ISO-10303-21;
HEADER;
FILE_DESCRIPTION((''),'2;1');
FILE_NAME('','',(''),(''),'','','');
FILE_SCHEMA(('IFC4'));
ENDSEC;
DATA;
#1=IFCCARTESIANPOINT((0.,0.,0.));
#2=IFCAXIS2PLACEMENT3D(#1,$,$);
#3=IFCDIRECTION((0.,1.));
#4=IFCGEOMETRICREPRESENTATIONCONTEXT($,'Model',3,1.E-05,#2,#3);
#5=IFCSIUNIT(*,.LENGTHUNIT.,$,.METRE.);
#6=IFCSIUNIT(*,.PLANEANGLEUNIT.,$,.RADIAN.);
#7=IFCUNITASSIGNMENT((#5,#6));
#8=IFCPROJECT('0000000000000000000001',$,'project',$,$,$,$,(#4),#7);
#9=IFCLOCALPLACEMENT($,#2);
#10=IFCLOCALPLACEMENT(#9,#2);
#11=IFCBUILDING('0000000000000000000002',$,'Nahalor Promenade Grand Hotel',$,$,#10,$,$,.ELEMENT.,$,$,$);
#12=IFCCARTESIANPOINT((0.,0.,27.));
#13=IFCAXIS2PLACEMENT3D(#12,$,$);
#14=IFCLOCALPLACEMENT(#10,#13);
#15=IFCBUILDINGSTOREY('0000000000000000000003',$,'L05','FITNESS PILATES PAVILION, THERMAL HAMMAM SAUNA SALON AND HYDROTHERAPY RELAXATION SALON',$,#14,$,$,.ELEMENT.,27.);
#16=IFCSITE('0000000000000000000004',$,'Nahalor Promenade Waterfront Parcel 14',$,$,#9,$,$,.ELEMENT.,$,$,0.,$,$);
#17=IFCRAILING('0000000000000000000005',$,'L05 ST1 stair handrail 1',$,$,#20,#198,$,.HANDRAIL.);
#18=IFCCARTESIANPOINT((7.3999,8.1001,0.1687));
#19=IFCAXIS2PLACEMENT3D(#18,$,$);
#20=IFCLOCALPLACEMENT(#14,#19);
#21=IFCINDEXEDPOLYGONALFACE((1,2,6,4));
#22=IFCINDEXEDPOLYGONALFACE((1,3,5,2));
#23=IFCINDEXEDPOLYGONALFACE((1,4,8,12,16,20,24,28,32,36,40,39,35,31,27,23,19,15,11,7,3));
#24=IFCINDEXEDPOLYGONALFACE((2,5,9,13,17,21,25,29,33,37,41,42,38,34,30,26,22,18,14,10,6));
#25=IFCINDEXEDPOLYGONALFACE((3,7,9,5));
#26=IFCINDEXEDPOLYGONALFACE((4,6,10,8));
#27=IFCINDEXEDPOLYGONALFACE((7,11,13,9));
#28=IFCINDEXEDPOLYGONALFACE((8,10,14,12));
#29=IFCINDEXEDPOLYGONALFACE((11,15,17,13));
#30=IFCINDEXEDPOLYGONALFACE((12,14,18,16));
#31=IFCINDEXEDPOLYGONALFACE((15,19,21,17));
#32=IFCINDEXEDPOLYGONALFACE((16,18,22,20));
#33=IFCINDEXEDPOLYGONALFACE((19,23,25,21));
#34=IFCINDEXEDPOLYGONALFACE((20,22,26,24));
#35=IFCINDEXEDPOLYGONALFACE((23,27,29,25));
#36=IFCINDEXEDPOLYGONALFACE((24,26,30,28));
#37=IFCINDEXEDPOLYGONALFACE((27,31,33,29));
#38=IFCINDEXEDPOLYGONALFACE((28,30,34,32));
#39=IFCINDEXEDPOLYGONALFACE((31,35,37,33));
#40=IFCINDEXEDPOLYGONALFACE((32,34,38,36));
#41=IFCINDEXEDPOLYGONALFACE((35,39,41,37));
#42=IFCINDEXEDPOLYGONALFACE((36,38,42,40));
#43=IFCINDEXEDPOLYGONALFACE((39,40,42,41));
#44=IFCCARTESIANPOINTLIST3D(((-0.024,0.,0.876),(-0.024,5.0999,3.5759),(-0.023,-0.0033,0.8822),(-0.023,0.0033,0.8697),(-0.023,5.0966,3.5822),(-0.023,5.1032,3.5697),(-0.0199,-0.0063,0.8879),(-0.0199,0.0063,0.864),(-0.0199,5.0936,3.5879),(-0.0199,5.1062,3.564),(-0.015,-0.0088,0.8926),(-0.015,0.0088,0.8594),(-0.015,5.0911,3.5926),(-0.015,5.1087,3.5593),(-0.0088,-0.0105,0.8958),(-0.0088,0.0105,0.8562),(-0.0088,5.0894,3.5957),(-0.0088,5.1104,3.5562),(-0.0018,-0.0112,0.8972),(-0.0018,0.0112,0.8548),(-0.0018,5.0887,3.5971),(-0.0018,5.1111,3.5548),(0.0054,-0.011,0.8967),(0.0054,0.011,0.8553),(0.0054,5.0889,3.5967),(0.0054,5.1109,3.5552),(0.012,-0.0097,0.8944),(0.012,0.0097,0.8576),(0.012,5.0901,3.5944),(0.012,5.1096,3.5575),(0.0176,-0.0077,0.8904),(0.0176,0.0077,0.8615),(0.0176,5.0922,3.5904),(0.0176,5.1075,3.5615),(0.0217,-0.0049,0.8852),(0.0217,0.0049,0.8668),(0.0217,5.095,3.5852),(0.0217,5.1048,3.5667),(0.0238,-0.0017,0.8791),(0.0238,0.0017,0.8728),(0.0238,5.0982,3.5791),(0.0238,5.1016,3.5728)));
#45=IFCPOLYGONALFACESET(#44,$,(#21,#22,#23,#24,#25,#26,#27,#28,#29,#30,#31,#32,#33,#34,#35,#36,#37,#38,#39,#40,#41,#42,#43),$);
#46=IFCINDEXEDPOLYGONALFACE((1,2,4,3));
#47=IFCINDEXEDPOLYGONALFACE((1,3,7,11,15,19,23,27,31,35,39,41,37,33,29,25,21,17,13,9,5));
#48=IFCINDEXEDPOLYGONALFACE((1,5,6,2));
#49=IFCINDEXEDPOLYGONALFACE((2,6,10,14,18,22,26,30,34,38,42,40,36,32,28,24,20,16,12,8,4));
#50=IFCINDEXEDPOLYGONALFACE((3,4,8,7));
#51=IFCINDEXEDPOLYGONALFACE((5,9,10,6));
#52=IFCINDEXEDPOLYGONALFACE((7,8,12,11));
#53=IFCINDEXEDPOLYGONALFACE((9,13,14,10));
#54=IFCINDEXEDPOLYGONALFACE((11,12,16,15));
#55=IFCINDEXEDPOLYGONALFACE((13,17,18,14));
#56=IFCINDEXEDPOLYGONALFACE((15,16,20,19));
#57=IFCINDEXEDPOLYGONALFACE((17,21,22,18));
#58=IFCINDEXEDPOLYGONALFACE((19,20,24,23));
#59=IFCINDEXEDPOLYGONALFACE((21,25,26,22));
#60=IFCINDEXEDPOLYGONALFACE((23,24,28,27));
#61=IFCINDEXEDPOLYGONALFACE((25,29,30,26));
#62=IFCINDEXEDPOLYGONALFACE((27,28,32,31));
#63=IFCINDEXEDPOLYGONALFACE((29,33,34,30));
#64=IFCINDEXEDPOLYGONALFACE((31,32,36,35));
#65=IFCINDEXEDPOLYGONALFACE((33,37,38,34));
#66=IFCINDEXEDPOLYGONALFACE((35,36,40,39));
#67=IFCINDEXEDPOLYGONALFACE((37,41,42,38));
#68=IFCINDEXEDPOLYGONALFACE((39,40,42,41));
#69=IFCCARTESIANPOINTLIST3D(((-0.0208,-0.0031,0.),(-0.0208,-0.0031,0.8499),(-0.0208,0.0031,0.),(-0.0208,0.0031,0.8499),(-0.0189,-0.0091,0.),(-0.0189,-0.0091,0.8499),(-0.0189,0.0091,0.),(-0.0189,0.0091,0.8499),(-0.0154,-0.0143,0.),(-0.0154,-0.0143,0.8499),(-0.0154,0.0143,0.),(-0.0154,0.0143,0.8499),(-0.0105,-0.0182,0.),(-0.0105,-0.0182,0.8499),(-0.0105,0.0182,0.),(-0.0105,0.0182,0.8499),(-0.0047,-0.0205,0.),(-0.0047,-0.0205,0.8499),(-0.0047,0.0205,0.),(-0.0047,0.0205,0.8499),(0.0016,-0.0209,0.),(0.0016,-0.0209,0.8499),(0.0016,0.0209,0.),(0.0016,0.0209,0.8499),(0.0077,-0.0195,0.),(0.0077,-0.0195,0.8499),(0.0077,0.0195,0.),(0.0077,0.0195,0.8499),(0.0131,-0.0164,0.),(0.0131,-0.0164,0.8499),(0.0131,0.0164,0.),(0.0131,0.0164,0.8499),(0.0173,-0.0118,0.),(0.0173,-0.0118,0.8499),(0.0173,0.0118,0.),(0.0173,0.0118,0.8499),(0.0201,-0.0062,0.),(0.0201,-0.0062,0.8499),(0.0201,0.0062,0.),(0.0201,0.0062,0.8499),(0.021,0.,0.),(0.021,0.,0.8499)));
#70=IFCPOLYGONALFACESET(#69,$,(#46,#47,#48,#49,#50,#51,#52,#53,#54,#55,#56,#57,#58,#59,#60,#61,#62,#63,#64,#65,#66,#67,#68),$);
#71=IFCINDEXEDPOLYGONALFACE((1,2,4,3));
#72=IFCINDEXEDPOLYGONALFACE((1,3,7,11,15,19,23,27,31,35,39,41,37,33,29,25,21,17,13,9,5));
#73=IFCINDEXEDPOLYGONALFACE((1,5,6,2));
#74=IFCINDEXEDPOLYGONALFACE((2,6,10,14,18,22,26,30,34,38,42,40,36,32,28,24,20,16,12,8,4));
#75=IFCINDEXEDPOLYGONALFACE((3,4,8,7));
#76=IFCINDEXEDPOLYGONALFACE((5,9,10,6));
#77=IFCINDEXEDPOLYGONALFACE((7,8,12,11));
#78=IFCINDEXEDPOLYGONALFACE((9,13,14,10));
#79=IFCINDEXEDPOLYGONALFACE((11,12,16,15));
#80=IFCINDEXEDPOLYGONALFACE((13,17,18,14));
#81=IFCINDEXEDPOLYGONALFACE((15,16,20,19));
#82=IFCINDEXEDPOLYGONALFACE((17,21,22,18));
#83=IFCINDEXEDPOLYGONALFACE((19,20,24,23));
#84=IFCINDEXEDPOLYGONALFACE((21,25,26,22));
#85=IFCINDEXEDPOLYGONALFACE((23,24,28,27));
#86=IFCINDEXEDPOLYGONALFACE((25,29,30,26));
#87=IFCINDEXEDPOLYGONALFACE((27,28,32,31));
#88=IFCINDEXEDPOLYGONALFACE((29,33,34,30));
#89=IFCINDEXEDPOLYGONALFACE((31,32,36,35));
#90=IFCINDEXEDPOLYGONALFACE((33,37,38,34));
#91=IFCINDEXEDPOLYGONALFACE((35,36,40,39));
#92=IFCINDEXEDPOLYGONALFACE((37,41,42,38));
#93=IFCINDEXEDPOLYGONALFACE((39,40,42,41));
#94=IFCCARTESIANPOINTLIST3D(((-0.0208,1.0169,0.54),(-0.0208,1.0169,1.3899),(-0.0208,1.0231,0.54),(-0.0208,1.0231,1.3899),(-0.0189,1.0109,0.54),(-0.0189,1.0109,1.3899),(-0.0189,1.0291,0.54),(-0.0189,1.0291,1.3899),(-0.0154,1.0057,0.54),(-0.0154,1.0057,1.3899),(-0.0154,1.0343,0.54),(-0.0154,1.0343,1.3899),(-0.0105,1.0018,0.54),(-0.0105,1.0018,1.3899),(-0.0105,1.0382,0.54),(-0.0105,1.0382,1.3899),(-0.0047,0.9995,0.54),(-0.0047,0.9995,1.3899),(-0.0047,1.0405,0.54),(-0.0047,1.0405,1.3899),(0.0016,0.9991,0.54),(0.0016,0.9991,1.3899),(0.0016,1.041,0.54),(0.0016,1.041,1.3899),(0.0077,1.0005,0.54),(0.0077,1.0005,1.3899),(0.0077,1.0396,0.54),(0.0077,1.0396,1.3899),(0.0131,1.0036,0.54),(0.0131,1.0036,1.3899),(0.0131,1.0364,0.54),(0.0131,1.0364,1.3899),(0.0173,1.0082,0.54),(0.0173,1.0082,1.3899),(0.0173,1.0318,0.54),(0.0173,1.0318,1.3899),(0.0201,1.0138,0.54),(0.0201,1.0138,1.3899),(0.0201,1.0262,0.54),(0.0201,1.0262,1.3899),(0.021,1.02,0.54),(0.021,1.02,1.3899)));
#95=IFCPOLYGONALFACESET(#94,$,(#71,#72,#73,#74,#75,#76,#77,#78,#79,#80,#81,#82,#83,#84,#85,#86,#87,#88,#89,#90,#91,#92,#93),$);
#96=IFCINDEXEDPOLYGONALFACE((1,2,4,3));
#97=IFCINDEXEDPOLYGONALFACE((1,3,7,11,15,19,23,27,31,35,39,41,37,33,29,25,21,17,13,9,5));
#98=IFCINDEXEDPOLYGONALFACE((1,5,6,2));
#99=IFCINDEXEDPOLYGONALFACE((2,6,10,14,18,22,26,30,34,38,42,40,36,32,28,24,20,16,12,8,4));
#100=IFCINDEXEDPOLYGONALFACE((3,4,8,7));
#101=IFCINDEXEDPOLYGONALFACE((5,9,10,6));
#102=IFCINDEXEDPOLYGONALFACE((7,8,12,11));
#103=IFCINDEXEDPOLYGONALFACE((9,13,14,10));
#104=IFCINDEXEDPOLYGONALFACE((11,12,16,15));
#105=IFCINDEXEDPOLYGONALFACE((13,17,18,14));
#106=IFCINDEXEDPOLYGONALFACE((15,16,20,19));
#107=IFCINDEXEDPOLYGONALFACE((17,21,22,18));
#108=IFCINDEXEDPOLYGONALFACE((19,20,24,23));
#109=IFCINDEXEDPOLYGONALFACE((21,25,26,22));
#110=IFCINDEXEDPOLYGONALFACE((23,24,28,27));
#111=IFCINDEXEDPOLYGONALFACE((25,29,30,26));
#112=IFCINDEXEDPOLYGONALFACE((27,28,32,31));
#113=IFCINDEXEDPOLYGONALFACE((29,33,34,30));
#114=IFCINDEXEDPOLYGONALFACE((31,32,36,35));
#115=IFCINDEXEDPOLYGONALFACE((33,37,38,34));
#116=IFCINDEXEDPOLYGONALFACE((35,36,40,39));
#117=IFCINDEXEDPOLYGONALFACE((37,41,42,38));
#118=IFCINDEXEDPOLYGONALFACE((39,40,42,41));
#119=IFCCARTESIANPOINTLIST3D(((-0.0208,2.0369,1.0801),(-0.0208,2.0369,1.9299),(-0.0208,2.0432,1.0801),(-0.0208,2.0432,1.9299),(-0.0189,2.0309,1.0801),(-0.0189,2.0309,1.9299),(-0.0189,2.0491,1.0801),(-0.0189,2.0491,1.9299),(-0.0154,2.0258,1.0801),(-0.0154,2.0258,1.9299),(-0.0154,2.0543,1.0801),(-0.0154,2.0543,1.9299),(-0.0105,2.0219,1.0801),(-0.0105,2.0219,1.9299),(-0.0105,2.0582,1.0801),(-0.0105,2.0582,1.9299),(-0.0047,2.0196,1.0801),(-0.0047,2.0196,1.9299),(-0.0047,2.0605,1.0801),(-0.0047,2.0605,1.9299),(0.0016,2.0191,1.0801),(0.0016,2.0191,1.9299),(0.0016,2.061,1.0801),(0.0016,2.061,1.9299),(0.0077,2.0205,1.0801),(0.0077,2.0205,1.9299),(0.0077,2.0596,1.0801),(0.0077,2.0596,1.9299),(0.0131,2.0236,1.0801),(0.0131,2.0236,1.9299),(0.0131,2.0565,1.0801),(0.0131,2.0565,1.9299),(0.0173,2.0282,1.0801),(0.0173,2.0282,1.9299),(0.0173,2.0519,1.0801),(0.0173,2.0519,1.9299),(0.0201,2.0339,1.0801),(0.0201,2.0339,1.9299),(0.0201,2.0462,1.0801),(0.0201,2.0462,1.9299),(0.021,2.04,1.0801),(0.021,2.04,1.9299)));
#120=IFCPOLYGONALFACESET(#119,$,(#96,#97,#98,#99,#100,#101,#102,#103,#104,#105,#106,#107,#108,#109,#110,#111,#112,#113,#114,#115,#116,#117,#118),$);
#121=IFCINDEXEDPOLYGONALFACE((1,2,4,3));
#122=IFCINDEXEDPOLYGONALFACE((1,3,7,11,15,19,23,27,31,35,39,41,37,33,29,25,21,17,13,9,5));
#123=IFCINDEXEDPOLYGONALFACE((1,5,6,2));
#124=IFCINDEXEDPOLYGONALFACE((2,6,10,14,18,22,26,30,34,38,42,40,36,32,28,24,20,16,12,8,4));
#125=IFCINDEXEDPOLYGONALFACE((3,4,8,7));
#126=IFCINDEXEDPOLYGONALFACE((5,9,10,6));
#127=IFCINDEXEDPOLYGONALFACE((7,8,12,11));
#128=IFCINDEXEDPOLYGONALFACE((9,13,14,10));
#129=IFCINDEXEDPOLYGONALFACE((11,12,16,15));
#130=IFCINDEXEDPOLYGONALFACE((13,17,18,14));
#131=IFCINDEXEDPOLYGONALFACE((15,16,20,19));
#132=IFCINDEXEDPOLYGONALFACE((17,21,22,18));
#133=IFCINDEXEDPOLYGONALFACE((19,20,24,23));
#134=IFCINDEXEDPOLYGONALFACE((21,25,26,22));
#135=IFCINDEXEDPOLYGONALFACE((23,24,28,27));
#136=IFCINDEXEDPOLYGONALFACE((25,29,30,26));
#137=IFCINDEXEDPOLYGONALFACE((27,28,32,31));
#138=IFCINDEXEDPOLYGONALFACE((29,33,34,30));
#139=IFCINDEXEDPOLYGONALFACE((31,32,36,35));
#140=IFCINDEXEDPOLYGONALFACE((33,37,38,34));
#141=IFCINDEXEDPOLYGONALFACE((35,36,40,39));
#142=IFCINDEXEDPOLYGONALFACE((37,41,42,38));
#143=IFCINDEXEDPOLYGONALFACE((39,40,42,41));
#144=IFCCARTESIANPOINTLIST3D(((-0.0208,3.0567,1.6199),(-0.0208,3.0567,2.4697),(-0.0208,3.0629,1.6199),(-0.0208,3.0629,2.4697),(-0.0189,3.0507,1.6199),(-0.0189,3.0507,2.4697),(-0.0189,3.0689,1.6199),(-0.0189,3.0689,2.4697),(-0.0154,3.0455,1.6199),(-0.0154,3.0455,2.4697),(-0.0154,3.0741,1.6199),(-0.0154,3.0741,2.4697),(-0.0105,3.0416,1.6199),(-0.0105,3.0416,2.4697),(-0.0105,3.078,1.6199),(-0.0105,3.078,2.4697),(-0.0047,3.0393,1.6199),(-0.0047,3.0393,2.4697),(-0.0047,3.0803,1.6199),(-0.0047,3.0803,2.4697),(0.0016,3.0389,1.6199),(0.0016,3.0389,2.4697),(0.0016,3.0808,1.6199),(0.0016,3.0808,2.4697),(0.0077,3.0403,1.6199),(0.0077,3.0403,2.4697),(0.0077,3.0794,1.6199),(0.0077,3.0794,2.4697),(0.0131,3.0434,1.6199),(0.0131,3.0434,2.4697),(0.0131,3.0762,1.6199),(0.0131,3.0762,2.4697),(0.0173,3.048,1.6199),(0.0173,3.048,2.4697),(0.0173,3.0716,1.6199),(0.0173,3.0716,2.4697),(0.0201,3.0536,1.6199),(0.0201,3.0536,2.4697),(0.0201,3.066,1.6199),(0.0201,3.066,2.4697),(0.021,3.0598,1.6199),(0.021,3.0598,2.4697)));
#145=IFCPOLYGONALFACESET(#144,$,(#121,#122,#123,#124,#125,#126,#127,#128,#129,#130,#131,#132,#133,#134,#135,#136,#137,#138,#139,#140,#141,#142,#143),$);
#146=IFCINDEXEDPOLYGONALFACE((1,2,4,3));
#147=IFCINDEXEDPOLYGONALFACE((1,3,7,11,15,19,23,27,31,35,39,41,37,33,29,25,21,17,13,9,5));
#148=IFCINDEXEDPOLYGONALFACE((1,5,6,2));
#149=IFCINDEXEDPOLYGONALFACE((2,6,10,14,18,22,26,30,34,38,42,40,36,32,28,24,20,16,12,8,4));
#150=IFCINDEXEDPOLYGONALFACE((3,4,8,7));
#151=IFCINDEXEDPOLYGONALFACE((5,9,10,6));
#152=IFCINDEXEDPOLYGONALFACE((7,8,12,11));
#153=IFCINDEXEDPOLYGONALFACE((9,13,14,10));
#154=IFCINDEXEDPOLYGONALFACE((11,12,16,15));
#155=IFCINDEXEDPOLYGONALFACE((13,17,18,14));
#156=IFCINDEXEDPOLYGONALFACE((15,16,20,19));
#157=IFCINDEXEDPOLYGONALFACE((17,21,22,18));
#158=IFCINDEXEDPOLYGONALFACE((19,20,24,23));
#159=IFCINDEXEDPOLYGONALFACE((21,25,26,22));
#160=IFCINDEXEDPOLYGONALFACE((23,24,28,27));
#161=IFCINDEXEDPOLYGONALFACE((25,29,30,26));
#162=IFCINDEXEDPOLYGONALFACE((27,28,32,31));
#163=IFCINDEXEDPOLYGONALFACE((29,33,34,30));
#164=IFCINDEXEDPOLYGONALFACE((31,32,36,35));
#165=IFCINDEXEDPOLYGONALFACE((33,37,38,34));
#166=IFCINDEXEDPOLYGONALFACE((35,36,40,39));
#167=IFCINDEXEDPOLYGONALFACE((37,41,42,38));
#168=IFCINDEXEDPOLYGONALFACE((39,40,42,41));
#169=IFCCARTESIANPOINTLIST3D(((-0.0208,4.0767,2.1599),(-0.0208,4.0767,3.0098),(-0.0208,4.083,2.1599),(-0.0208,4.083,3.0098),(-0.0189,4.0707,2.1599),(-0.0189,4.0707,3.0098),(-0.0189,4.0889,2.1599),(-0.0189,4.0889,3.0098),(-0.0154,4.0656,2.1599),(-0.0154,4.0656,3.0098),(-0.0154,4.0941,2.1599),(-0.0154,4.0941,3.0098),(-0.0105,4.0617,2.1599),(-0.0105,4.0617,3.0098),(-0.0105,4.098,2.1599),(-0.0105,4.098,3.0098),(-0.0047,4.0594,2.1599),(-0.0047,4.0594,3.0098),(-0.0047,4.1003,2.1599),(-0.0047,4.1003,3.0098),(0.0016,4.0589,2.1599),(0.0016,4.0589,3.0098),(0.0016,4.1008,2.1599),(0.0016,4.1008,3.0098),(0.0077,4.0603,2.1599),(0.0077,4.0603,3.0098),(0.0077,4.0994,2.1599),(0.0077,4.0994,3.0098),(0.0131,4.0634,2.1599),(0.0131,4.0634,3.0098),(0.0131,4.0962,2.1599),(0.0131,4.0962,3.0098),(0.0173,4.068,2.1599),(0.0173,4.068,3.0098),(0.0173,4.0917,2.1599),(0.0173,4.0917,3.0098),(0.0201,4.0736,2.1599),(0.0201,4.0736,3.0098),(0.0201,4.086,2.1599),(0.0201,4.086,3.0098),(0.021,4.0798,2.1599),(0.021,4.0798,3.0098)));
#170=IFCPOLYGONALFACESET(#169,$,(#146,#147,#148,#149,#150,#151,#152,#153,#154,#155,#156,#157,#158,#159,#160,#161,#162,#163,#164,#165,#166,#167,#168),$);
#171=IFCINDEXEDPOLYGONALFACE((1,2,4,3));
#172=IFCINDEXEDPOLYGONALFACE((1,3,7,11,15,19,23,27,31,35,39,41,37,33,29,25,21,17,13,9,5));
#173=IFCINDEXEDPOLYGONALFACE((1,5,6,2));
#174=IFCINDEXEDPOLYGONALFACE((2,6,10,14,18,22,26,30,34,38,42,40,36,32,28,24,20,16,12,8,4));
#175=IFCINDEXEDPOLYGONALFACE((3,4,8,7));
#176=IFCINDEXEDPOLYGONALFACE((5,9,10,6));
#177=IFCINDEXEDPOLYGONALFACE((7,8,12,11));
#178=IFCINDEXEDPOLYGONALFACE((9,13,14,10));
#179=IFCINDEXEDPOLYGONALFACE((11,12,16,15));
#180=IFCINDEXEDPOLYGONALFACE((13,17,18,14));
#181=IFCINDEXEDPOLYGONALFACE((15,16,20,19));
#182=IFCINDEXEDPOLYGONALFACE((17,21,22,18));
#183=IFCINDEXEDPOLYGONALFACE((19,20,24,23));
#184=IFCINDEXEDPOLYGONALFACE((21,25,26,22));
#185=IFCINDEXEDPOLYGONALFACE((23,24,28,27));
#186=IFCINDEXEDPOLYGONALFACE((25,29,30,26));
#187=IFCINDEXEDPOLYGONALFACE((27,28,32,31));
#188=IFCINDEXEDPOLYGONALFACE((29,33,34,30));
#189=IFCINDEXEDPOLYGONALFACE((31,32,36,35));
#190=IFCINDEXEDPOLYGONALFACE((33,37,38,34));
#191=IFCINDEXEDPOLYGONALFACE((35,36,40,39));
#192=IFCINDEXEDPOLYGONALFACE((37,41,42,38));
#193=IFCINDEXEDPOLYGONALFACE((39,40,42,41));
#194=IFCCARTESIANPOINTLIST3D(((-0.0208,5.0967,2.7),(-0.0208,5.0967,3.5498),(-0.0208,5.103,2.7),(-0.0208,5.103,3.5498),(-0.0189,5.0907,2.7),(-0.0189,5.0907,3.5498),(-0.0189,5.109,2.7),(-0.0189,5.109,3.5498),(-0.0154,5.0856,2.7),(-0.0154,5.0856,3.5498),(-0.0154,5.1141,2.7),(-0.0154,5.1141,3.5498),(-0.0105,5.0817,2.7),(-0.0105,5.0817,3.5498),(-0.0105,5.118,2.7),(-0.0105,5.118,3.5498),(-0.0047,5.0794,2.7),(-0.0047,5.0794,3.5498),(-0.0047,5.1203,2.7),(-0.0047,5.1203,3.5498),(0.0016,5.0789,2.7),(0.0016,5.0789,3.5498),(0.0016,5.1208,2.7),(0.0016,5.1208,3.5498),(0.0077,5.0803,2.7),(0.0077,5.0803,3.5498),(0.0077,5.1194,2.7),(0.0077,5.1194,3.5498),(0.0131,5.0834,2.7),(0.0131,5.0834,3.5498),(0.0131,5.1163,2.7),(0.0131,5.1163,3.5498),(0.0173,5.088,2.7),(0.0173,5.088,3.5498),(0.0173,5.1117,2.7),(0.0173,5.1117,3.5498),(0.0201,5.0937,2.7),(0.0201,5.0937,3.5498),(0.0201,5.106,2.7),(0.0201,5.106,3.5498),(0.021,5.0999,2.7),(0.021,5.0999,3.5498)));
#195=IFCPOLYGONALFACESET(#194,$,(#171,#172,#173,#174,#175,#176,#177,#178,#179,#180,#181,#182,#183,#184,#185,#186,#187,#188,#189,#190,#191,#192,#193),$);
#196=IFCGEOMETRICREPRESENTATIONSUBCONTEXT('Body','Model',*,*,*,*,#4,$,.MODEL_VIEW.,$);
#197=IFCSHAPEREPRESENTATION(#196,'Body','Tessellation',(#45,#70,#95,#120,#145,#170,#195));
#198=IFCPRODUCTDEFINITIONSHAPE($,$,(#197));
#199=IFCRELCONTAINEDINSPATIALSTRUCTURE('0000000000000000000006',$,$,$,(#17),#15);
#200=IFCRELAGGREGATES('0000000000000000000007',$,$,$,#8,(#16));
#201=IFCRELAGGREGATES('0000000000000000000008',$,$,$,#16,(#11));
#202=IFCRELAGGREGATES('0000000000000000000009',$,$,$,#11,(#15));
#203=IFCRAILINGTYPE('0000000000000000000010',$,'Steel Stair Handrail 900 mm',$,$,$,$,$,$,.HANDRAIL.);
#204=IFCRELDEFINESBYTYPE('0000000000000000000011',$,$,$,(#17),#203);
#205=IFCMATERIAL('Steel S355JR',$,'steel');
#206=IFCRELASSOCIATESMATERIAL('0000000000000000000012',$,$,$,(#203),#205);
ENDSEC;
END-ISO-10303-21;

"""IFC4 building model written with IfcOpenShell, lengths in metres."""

from ifc_helpers import new_model, si_unit, direction, frame, origin, origin_2d, place, context, subcontext, project, spatial, circle, extrude, material, type_object, element, save


model = new_model("IFC4")

# Units and contexts
model_context = context("Model", 3, precision=1e-05, world=origin(), true_north=direction((0.0, 1.0)))
body_context = subcontext(model_context, "Body", "Model", "MODEL_VIEW")
ifc_project = project(units=[si_unit("LENGTHUNIT", "METRE"), si_unit("PLANEANGLEUNIT", "RADIAN")], contexts=[model_context])

# Site, building, storey
site_placement = place(None, origin())
site = spatial("IfcSite", under=ifc_project, at=site_placement, Name="Nahalor Promenade Waterfront Parcel 14", CompositionType="ELEMENT", RefElevation=0.0)
building_placement = place(site_placement, origin())
building = spatial("IfcBuilding", under=site, at=building_placement, Name="Nahalor Promenade Grand Hotel", CompositionType="ELEMENT")
storey_placement = place(building_placement, frame((0.0, 0.0, 27.0)))
storey = spatial("IfcBuildingStorey", under=building, at=storey_placement, Name="L05", Description="FITNESS PILATES PAVILION, THERMAL HAMMAM SAUNA SALON AND HYDROTHERAPY RELAXATION SALON", CompositionType="ELEMENT", Elevation=27.0)

# Shared definitions
ifc_material_1 = material(Name="Steel S355JR", Category="steel")

# Railing
railing_type_1 = type_object("IfcRailingType", Name="Steel Stair Handrail 900 mm", PredefinedType="HANDRAIL", material=ifc_material_1)
railing_1_placement = place(storey_placement, frame((7.3999, 8.1001, 0.1687)))
element("IfcRailing", 1, at=railing_1_placement, inside=storey, type_object=railing_type_1, Name="L05 ST1 stair handrail 1", PredefinedType="HANDRAIL", context=body_context, shape_type="SweptSolid", body=[
    extrude(circle(Radius=0.024, at=origin_2d()), frame((0.0, 0.0, 0.876), z_axis=(0.0, 0.883786, 0.467892), x_axis=(-1.0, 0.0, 0.0)), (0.0, 0.0, 1.0), 5.7705),
    extrude(circle(Radius=0.021, at=origin_2d()), origin(), (0.0, 0.0, 1.0), 0.8499),
    extrude(circle(Radius=0.021, at=origin_2d()), frame((0.0, 1.02, 0.54)), (0.0, 0.0, 1.0), 0.8499),
    extrude(circle(Radius=0.021, at=origin_2d()), frame((0.0, 2.04, 1.0801)), (0.0, 0.0, 1.0), 0.8499),
    extrude(circle(Radius=0.021, at=origin_2d()), frame((0.0, 3.0598, 1.6199)), (0.0, 0.0, 1.0), 0.8499),
    extrude(circle(Radius=0.021, at=origin_2d()), frame((0.0, 4.0798, 2.1599)), (0.0, 0.0, 1.0), 0.8499),
    extrude(circle(Radius=0.021, at=origin_2d()), frame((0.0, 5.0999, 2.7)), (0.0, 0.0, 1.0), 0.8499),
])

save(model, "model.ifc")
